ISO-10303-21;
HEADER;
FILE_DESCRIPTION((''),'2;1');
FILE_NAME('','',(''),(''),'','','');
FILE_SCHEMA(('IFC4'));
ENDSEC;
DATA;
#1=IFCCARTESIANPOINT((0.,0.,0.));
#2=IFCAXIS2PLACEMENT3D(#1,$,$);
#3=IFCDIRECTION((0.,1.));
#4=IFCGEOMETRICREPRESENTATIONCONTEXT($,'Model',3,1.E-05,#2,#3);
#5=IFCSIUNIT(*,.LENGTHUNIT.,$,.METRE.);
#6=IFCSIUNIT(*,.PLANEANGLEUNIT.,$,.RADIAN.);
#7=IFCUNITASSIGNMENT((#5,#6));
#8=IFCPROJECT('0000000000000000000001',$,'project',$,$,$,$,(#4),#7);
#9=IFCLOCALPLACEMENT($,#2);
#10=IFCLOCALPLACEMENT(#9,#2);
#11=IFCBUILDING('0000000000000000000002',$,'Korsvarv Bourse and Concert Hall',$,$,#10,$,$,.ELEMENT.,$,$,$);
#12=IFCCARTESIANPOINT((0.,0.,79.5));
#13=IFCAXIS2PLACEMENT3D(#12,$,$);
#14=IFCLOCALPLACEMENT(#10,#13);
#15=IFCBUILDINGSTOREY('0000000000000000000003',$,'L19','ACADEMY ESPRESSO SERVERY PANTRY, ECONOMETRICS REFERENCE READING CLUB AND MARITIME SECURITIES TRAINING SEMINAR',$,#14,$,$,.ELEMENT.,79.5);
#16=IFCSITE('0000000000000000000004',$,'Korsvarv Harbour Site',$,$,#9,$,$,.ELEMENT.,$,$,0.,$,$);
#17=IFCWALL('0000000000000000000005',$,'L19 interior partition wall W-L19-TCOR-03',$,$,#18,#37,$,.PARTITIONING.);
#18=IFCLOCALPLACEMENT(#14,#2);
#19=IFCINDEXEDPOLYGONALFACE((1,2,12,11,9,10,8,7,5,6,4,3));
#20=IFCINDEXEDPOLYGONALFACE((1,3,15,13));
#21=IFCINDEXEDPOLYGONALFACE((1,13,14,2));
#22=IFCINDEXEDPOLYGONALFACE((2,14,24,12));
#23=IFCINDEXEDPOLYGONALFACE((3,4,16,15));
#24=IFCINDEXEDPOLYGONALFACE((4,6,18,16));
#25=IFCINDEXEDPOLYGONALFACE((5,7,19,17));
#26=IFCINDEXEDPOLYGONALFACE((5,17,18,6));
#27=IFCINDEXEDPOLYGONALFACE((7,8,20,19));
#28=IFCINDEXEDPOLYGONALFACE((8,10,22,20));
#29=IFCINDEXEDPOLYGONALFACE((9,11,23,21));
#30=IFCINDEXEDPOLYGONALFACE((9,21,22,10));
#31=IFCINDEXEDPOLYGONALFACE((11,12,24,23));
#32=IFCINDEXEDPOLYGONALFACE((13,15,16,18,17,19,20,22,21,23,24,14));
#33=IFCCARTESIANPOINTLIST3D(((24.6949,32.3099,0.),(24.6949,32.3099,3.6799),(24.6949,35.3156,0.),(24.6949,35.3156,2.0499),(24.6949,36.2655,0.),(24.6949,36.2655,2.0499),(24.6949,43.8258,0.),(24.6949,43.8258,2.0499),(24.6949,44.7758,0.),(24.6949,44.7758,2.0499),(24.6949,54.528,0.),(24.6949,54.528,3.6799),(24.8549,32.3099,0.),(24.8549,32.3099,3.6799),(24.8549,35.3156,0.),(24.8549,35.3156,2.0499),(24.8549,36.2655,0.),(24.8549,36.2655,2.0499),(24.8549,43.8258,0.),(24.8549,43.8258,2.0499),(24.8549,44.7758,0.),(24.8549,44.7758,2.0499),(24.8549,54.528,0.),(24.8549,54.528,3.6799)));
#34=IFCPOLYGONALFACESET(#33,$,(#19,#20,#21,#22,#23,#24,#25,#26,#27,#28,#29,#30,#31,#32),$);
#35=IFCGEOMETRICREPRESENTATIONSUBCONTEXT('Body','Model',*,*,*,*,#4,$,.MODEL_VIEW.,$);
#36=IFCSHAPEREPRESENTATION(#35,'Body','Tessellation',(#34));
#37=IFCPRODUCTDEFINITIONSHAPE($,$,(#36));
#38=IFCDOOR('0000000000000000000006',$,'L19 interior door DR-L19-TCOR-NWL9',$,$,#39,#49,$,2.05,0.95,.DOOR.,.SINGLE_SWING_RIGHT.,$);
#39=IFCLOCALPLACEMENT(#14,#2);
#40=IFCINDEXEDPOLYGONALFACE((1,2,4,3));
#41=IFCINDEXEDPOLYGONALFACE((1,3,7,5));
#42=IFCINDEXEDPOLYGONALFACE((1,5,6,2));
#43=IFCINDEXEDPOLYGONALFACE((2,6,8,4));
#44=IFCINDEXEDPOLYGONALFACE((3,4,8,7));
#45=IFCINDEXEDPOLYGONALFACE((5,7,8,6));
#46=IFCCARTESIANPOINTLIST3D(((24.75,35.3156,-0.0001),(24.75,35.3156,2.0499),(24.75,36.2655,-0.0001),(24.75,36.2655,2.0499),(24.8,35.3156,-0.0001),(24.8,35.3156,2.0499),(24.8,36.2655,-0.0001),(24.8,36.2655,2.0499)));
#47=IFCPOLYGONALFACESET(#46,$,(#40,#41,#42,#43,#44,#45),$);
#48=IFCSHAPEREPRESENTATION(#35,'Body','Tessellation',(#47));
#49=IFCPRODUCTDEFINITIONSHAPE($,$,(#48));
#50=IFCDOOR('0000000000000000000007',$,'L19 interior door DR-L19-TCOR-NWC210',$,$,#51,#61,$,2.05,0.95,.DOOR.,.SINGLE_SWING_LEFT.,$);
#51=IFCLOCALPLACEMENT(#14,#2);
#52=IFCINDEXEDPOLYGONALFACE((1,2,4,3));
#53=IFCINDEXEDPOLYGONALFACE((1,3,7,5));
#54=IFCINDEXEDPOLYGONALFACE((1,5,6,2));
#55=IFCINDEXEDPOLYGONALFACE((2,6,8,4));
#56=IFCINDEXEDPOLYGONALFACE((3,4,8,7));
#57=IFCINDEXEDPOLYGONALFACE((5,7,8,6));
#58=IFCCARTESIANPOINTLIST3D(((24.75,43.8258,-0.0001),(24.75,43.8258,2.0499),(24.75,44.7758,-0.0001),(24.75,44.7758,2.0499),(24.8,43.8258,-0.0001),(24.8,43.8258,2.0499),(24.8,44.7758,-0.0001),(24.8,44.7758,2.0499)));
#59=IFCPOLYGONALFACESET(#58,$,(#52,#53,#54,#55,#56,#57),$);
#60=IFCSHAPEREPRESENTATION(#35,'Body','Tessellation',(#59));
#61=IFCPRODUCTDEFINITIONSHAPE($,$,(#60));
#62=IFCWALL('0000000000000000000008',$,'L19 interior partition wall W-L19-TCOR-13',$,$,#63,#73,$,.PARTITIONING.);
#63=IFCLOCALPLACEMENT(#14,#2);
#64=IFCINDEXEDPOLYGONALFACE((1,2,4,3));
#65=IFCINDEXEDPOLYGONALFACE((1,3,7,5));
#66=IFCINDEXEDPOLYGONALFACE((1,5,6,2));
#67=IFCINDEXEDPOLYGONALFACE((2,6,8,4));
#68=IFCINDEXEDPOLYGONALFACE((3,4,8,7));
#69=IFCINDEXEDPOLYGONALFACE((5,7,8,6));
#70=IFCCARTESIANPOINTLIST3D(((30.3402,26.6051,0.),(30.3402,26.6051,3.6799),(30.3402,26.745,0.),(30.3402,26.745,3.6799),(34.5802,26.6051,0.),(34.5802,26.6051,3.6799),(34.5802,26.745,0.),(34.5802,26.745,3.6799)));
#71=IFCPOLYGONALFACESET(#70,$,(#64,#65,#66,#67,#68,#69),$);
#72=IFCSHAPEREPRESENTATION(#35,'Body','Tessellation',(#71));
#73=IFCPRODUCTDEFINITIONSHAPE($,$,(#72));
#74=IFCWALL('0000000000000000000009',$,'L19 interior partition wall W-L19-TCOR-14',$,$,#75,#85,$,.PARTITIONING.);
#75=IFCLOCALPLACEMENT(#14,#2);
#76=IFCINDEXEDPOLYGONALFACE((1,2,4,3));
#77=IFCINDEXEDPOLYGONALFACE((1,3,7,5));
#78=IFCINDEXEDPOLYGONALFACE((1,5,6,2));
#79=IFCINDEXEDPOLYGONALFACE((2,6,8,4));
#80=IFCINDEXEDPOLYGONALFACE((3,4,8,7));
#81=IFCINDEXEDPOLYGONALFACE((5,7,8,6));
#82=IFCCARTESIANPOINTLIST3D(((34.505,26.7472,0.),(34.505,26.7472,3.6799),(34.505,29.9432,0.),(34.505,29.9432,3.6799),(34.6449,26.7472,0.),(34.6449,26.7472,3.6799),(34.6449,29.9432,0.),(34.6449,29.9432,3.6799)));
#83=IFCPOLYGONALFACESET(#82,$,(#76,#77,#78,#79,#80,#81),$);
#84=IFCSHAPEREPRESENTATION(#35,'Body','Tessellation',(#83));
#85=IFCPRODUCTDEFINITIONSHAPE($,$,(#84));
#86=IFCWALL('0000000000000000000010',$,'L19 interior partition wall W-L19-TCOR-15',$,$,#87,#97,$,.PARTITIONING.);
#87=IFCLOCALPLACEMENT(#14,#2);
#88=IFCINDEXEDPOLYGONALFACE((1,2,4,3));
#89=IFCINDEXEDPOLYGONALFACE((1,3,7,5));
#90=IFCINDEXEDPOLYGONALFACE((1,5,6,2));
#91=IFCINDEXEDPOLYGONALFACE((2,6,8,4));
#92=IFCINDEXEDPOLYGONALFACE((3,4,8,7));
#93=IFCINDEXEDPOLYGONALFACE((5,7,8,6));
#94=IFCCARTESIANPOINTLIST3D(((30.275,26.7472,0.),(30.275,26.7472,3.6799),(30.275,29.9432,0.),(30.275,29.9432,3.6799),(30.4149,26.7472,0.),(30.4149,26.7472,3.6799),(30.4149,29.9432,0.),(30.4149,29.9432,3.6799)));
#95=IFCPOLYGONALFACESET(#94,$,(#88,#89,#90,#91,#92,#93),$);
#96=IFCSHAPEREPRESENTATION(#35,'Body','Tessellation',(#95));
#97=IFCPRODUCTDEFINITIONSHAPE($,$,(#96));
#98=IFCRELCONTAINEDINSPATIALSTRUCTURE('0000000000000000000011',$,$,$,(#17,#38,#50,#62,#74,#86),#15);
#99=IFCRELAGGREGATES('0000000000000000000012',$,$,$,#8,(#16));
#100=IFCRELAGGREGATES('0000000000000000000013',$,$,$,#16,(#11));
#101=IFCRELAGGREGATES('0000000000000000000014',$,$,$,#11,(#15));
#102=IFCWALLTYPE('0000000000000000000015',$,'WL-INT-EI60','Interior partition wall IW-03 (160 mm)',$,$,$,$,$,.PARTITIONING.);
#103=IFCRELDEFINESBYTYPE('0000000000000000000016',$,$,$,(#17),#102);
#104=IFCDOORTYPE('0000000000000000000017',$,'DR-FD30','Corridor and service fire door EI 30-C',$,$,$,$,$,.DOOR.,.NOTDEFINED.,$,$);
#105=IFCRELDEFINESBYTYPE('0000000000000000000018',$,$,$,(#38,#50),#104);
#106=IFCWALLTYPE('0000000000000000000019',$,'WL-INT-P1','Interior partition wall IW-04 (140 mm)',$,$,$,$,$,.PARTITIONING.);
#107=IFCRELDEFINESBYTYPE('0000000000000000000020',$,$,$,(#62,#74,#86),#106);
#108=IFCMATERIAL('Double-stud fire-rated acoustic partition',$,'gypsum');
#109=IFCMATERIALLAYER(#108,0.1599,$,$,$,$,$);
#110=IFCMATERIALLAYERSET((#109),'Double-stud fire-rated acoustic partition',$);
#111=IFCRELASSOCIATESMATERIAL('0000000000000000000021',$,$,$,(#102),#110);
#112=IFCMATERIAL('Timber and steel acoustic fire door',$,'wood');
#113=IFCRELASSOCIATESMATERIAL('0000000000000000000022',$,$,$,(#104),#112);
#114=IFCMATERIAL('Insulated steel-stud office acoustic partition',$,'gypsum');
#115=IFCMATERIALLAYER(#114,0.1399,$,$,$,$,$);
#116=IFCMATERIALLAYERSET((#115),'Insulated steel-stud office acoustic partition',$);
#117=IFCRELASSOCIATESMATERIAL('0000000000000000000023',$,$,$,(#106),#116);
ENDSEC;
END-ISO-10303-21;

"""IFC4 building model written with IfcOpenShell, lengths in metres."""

from ifc_helpers import new_model, si_unit, direction, frame, frame_2d, origin, place, context, subcontext, project, spatial, rectangle, extrude, material, layer, layer_set, type_object, element, fill, save


model = new_model("IFC4")

# Units and contexts
model_context = context("Model", 3, precision=1e-05, world=origin(), true_north=direction((0.0, 1.0)))
body_context = subcontext(model_context, "Body", "Model", "MODEL_VIEW")
ifc_project = project(units=[si_unit("LENGTHUNIT", "METRE"), si_unit("PLANEANGLEUNIT", "RADIAN")], contexts=[model_context])

# Site, building, storey
site_placement = place(None, origin())
site = spatial("IfcSite", under=ifc_project, at=site_placement, Name="Korsvarv Harbour Site", CompositionType="ELEMENT", RefElevation=0.0)
building_placement = place(site_placement, origin())
building = spatial("IfcBuilding", under=site, at=building_placement, Name="Korsvarv Bourse and Concert Hall", CompositionType="ELEMENT")
storey_placement = place(building_placement, frame((0.0, 0.0, 79.5)))
storey = spatial("IfcBuildingStorey", under=building, at=storey_placement, Name="L19", Description="ACADEMY ESPRESSO SERVERY PANTRY, ECONOMETRICS REFERENCE READING CLUB AND MARITIME SECURITIES TRAINING SEMINAR", CompositionType="ELEMENT", Elevation=79.5)

# Wall, openings, doors
ifc_material_1 = material(Name="Double-stud fire-rated acoustic partition", Category="gypsum")
ifc_layer_1 = layer(ifc_material_1, 0.1599)
ifc_layer_set_1 = layer_set([ifc_layer_1], Name="Double-stud fire-rated acoustic partition")
wall_type_1 = type_object("IfcWallType", Name="WL-INT-EI60", Description="Interior partition wall IW-03 (160 mm)", PredefinedType="PARTITIONING", material=ifc_layer_set_1)
wall_1_placement = place(storey_placement, frame((24.7749, 32.3101, 0.0), z_axis=(0.0, 0.0, 1.0), x_axis=(0.0, 1.0, 0.0)))
wall_1 = element("IfcWall", 1, at=wall_1_placement, inside=storey, type_object=wall_type_1, Name="L19 interior partition wall W-L19-TCOR-03", PredefinedType="PARTITIONING", context=body_context, shape_type="SweptSolid", body=[
    extrude(rectangle(XDim=22.218, YDim=0.1599, at=frame_2d((11.1089, 0.0))), origin(), (0.0, 0.0, 1.0), 3.6799),
])
opening_1_placement = place(wall_1_placement, frame((3.0054, 0.0, 0.0)))
opening_1 = element("IfcOpeningElement", 2, at=opening_1_placement, cuts=wall_1, PredefinedType="OPENING", context=body_context, shape_type="SweptSolid", body=[
    extrude(rectangle(XDim=0.95, YDim=2.05, at=frame_2d((0.4751, 1.0249))), frame((0.0, 0.0898, 0.0), z_axis=(0.0, -1.0, 0.0), x_axis=(1.0, 0.0, 0.0)), (0.0, 0.0, 1.0), 0.1799),
])
opening_2_placement = place(wall_1_placement, frame((11.5156, 0.0, 0.0)))
opening_2 = element("IfcOpeningElement", 3, at=opening_2_placement, cuts=wall_1, PredefinedType="OPENING", context=body_context, shape_type="SweptSolid", body=[
    extrude(rectangle(XDim=0.95, YDim=2.05, at=frame_2d((0.4751, 1.0249))), frame((0.0, 0.0898, 0.0), z_axis=(0.0, -1.0, 0.0), x_axis=(1.0, 0.0, 0.0)), (0.0, 0.0, 1.0), 0.1799),
])
ifc_material_2 = material(Name="Timber and steel acoustic fire door", Category="wood")
door_type = type_object("IfcDoorType", Name="DR-FD30", Description="Corridor and service fire door EI 30-C", OperationType="NOTDEFINED", PredefinedType="DOOR", material=ifc_material_2)
door_1_placement = place(opening_1_placement, origin())
door_1 = element("IfcDoor", 4, at=door_1_placement, inside=storey, type_object=door_type, Name="L19 interior door DR-L19-TCOR-NWL9", OperationType="SINGLE_SWING_RIGHT", OverallHeight=2.05, OverallWidth=0.95, PredefinedType="DOOR", context=body_context, shape_type="SweptSolid", body=[
    extrude(rectangle(XDim=0.95, YDim=2.05, at=frame_2d((0.4751, 1.0249))), frame((0.0, 0.0249, 0.0), z_axis=(0.0, -1.0, 0.0), x_axis=(1.0, 0.0, 0.0)), (0.0, 0.0, 1.0), 0.05),
])
fill(opening_1, door_1)
door_2_placement = place(opening_2_placement, origin())
door_2 = element("IfcDoor", 5, at=door_2_placement, inside=storey, type_object=door_type, Name="L19 interior door DR-L19-TCOR-NWC210", OperationType="SINGLE_SWING_LEFT", OverallHeight=2.05, OverallWidth=0.95, PredefinedType="DOOR", context=body_context, shape_type="SweptSolid", body=[
    extrude(rectangle(XDim=0.95, YDim=2.05, at=frame_2d((0.4751, 1.0249))), frame((0.0, 0.0249, 0.0), z_axis=(0.0, -1.0, 0.0), x_axis=(1.0, 0.0, 0.0)), (0.0, 0.0, 1.0), 0.05),
])
fill(opening_2, door_2)

# Walls
ifc_material_3 = material(Name="Insulated steel-stud office acoustic partition", Category="gypsum")
ifc_layer_2 = layer(ifc_material_3, 0.1399)
ifc_layer_set_2 = layer_set([ifc_layer_2], Name="Insulated steel-stud office acoustic partition")
wall_type_2 = type_object("IfcWallType", Name="WL-INT-P1", Description="Interior partition wall IW-04 (140 mm)", PredefinedType="PARTITIONING", material=ifc_layer_set_2)
wall_2_placement = place(storey_placement, frame((30.3401, 26.675, 0.0), z_axis=(0.0, 0.0, 1.0), x_axis=(1.0, 0.0, 0.0)))
element("IfcWall", 6, at=wall_2_placement, inside=storey, type_object=wall_type_2, Name="L19 interior partition wall W-L19-TCOR-13", PredefinedType="PARTITIONING", context=body_context, shape_type="SweptSolid", body=[
    extrude(rectangle(XDim=4.24, YDim=0.1399, at=frame_2d((2.1201, 0.0))), origin(), (0.0, 0.0, 1.0), 3.6799),
])
for number, where, z_axis, x_axis, name in (
    (7, (34.575, 26.7471, 0.0), (0.0, 0.0, 1.0), (0.0, 1.0, 0.0), "L19 interior partition wall W-L19-TCOR-14"),
    (8, (30.345, 26.7471, 0.0), (0.0, 0.0, 1.0), (0.0, 1.0, 0.0), "L19 interior partition wall W-L19-TCOR-15"),
):
    element("IfcWall", number, at=place(storey_placement, frame(where, z_axis=z_axis, x_axis=x_axis)), inside=storey, type_object=wall_type_2, Name=name, PredefinedType="PARTITIONING", context=body_context, shape_type="SweptSolid", body=[
        extrude(rectangle(XDim=3.196, YDim=0.1399, at=frame_2d((1.5981, 0.0))), origin(), (0.0, 0.0, 1.0), 3.6799),
    ])

save(model, "model.ifc")
